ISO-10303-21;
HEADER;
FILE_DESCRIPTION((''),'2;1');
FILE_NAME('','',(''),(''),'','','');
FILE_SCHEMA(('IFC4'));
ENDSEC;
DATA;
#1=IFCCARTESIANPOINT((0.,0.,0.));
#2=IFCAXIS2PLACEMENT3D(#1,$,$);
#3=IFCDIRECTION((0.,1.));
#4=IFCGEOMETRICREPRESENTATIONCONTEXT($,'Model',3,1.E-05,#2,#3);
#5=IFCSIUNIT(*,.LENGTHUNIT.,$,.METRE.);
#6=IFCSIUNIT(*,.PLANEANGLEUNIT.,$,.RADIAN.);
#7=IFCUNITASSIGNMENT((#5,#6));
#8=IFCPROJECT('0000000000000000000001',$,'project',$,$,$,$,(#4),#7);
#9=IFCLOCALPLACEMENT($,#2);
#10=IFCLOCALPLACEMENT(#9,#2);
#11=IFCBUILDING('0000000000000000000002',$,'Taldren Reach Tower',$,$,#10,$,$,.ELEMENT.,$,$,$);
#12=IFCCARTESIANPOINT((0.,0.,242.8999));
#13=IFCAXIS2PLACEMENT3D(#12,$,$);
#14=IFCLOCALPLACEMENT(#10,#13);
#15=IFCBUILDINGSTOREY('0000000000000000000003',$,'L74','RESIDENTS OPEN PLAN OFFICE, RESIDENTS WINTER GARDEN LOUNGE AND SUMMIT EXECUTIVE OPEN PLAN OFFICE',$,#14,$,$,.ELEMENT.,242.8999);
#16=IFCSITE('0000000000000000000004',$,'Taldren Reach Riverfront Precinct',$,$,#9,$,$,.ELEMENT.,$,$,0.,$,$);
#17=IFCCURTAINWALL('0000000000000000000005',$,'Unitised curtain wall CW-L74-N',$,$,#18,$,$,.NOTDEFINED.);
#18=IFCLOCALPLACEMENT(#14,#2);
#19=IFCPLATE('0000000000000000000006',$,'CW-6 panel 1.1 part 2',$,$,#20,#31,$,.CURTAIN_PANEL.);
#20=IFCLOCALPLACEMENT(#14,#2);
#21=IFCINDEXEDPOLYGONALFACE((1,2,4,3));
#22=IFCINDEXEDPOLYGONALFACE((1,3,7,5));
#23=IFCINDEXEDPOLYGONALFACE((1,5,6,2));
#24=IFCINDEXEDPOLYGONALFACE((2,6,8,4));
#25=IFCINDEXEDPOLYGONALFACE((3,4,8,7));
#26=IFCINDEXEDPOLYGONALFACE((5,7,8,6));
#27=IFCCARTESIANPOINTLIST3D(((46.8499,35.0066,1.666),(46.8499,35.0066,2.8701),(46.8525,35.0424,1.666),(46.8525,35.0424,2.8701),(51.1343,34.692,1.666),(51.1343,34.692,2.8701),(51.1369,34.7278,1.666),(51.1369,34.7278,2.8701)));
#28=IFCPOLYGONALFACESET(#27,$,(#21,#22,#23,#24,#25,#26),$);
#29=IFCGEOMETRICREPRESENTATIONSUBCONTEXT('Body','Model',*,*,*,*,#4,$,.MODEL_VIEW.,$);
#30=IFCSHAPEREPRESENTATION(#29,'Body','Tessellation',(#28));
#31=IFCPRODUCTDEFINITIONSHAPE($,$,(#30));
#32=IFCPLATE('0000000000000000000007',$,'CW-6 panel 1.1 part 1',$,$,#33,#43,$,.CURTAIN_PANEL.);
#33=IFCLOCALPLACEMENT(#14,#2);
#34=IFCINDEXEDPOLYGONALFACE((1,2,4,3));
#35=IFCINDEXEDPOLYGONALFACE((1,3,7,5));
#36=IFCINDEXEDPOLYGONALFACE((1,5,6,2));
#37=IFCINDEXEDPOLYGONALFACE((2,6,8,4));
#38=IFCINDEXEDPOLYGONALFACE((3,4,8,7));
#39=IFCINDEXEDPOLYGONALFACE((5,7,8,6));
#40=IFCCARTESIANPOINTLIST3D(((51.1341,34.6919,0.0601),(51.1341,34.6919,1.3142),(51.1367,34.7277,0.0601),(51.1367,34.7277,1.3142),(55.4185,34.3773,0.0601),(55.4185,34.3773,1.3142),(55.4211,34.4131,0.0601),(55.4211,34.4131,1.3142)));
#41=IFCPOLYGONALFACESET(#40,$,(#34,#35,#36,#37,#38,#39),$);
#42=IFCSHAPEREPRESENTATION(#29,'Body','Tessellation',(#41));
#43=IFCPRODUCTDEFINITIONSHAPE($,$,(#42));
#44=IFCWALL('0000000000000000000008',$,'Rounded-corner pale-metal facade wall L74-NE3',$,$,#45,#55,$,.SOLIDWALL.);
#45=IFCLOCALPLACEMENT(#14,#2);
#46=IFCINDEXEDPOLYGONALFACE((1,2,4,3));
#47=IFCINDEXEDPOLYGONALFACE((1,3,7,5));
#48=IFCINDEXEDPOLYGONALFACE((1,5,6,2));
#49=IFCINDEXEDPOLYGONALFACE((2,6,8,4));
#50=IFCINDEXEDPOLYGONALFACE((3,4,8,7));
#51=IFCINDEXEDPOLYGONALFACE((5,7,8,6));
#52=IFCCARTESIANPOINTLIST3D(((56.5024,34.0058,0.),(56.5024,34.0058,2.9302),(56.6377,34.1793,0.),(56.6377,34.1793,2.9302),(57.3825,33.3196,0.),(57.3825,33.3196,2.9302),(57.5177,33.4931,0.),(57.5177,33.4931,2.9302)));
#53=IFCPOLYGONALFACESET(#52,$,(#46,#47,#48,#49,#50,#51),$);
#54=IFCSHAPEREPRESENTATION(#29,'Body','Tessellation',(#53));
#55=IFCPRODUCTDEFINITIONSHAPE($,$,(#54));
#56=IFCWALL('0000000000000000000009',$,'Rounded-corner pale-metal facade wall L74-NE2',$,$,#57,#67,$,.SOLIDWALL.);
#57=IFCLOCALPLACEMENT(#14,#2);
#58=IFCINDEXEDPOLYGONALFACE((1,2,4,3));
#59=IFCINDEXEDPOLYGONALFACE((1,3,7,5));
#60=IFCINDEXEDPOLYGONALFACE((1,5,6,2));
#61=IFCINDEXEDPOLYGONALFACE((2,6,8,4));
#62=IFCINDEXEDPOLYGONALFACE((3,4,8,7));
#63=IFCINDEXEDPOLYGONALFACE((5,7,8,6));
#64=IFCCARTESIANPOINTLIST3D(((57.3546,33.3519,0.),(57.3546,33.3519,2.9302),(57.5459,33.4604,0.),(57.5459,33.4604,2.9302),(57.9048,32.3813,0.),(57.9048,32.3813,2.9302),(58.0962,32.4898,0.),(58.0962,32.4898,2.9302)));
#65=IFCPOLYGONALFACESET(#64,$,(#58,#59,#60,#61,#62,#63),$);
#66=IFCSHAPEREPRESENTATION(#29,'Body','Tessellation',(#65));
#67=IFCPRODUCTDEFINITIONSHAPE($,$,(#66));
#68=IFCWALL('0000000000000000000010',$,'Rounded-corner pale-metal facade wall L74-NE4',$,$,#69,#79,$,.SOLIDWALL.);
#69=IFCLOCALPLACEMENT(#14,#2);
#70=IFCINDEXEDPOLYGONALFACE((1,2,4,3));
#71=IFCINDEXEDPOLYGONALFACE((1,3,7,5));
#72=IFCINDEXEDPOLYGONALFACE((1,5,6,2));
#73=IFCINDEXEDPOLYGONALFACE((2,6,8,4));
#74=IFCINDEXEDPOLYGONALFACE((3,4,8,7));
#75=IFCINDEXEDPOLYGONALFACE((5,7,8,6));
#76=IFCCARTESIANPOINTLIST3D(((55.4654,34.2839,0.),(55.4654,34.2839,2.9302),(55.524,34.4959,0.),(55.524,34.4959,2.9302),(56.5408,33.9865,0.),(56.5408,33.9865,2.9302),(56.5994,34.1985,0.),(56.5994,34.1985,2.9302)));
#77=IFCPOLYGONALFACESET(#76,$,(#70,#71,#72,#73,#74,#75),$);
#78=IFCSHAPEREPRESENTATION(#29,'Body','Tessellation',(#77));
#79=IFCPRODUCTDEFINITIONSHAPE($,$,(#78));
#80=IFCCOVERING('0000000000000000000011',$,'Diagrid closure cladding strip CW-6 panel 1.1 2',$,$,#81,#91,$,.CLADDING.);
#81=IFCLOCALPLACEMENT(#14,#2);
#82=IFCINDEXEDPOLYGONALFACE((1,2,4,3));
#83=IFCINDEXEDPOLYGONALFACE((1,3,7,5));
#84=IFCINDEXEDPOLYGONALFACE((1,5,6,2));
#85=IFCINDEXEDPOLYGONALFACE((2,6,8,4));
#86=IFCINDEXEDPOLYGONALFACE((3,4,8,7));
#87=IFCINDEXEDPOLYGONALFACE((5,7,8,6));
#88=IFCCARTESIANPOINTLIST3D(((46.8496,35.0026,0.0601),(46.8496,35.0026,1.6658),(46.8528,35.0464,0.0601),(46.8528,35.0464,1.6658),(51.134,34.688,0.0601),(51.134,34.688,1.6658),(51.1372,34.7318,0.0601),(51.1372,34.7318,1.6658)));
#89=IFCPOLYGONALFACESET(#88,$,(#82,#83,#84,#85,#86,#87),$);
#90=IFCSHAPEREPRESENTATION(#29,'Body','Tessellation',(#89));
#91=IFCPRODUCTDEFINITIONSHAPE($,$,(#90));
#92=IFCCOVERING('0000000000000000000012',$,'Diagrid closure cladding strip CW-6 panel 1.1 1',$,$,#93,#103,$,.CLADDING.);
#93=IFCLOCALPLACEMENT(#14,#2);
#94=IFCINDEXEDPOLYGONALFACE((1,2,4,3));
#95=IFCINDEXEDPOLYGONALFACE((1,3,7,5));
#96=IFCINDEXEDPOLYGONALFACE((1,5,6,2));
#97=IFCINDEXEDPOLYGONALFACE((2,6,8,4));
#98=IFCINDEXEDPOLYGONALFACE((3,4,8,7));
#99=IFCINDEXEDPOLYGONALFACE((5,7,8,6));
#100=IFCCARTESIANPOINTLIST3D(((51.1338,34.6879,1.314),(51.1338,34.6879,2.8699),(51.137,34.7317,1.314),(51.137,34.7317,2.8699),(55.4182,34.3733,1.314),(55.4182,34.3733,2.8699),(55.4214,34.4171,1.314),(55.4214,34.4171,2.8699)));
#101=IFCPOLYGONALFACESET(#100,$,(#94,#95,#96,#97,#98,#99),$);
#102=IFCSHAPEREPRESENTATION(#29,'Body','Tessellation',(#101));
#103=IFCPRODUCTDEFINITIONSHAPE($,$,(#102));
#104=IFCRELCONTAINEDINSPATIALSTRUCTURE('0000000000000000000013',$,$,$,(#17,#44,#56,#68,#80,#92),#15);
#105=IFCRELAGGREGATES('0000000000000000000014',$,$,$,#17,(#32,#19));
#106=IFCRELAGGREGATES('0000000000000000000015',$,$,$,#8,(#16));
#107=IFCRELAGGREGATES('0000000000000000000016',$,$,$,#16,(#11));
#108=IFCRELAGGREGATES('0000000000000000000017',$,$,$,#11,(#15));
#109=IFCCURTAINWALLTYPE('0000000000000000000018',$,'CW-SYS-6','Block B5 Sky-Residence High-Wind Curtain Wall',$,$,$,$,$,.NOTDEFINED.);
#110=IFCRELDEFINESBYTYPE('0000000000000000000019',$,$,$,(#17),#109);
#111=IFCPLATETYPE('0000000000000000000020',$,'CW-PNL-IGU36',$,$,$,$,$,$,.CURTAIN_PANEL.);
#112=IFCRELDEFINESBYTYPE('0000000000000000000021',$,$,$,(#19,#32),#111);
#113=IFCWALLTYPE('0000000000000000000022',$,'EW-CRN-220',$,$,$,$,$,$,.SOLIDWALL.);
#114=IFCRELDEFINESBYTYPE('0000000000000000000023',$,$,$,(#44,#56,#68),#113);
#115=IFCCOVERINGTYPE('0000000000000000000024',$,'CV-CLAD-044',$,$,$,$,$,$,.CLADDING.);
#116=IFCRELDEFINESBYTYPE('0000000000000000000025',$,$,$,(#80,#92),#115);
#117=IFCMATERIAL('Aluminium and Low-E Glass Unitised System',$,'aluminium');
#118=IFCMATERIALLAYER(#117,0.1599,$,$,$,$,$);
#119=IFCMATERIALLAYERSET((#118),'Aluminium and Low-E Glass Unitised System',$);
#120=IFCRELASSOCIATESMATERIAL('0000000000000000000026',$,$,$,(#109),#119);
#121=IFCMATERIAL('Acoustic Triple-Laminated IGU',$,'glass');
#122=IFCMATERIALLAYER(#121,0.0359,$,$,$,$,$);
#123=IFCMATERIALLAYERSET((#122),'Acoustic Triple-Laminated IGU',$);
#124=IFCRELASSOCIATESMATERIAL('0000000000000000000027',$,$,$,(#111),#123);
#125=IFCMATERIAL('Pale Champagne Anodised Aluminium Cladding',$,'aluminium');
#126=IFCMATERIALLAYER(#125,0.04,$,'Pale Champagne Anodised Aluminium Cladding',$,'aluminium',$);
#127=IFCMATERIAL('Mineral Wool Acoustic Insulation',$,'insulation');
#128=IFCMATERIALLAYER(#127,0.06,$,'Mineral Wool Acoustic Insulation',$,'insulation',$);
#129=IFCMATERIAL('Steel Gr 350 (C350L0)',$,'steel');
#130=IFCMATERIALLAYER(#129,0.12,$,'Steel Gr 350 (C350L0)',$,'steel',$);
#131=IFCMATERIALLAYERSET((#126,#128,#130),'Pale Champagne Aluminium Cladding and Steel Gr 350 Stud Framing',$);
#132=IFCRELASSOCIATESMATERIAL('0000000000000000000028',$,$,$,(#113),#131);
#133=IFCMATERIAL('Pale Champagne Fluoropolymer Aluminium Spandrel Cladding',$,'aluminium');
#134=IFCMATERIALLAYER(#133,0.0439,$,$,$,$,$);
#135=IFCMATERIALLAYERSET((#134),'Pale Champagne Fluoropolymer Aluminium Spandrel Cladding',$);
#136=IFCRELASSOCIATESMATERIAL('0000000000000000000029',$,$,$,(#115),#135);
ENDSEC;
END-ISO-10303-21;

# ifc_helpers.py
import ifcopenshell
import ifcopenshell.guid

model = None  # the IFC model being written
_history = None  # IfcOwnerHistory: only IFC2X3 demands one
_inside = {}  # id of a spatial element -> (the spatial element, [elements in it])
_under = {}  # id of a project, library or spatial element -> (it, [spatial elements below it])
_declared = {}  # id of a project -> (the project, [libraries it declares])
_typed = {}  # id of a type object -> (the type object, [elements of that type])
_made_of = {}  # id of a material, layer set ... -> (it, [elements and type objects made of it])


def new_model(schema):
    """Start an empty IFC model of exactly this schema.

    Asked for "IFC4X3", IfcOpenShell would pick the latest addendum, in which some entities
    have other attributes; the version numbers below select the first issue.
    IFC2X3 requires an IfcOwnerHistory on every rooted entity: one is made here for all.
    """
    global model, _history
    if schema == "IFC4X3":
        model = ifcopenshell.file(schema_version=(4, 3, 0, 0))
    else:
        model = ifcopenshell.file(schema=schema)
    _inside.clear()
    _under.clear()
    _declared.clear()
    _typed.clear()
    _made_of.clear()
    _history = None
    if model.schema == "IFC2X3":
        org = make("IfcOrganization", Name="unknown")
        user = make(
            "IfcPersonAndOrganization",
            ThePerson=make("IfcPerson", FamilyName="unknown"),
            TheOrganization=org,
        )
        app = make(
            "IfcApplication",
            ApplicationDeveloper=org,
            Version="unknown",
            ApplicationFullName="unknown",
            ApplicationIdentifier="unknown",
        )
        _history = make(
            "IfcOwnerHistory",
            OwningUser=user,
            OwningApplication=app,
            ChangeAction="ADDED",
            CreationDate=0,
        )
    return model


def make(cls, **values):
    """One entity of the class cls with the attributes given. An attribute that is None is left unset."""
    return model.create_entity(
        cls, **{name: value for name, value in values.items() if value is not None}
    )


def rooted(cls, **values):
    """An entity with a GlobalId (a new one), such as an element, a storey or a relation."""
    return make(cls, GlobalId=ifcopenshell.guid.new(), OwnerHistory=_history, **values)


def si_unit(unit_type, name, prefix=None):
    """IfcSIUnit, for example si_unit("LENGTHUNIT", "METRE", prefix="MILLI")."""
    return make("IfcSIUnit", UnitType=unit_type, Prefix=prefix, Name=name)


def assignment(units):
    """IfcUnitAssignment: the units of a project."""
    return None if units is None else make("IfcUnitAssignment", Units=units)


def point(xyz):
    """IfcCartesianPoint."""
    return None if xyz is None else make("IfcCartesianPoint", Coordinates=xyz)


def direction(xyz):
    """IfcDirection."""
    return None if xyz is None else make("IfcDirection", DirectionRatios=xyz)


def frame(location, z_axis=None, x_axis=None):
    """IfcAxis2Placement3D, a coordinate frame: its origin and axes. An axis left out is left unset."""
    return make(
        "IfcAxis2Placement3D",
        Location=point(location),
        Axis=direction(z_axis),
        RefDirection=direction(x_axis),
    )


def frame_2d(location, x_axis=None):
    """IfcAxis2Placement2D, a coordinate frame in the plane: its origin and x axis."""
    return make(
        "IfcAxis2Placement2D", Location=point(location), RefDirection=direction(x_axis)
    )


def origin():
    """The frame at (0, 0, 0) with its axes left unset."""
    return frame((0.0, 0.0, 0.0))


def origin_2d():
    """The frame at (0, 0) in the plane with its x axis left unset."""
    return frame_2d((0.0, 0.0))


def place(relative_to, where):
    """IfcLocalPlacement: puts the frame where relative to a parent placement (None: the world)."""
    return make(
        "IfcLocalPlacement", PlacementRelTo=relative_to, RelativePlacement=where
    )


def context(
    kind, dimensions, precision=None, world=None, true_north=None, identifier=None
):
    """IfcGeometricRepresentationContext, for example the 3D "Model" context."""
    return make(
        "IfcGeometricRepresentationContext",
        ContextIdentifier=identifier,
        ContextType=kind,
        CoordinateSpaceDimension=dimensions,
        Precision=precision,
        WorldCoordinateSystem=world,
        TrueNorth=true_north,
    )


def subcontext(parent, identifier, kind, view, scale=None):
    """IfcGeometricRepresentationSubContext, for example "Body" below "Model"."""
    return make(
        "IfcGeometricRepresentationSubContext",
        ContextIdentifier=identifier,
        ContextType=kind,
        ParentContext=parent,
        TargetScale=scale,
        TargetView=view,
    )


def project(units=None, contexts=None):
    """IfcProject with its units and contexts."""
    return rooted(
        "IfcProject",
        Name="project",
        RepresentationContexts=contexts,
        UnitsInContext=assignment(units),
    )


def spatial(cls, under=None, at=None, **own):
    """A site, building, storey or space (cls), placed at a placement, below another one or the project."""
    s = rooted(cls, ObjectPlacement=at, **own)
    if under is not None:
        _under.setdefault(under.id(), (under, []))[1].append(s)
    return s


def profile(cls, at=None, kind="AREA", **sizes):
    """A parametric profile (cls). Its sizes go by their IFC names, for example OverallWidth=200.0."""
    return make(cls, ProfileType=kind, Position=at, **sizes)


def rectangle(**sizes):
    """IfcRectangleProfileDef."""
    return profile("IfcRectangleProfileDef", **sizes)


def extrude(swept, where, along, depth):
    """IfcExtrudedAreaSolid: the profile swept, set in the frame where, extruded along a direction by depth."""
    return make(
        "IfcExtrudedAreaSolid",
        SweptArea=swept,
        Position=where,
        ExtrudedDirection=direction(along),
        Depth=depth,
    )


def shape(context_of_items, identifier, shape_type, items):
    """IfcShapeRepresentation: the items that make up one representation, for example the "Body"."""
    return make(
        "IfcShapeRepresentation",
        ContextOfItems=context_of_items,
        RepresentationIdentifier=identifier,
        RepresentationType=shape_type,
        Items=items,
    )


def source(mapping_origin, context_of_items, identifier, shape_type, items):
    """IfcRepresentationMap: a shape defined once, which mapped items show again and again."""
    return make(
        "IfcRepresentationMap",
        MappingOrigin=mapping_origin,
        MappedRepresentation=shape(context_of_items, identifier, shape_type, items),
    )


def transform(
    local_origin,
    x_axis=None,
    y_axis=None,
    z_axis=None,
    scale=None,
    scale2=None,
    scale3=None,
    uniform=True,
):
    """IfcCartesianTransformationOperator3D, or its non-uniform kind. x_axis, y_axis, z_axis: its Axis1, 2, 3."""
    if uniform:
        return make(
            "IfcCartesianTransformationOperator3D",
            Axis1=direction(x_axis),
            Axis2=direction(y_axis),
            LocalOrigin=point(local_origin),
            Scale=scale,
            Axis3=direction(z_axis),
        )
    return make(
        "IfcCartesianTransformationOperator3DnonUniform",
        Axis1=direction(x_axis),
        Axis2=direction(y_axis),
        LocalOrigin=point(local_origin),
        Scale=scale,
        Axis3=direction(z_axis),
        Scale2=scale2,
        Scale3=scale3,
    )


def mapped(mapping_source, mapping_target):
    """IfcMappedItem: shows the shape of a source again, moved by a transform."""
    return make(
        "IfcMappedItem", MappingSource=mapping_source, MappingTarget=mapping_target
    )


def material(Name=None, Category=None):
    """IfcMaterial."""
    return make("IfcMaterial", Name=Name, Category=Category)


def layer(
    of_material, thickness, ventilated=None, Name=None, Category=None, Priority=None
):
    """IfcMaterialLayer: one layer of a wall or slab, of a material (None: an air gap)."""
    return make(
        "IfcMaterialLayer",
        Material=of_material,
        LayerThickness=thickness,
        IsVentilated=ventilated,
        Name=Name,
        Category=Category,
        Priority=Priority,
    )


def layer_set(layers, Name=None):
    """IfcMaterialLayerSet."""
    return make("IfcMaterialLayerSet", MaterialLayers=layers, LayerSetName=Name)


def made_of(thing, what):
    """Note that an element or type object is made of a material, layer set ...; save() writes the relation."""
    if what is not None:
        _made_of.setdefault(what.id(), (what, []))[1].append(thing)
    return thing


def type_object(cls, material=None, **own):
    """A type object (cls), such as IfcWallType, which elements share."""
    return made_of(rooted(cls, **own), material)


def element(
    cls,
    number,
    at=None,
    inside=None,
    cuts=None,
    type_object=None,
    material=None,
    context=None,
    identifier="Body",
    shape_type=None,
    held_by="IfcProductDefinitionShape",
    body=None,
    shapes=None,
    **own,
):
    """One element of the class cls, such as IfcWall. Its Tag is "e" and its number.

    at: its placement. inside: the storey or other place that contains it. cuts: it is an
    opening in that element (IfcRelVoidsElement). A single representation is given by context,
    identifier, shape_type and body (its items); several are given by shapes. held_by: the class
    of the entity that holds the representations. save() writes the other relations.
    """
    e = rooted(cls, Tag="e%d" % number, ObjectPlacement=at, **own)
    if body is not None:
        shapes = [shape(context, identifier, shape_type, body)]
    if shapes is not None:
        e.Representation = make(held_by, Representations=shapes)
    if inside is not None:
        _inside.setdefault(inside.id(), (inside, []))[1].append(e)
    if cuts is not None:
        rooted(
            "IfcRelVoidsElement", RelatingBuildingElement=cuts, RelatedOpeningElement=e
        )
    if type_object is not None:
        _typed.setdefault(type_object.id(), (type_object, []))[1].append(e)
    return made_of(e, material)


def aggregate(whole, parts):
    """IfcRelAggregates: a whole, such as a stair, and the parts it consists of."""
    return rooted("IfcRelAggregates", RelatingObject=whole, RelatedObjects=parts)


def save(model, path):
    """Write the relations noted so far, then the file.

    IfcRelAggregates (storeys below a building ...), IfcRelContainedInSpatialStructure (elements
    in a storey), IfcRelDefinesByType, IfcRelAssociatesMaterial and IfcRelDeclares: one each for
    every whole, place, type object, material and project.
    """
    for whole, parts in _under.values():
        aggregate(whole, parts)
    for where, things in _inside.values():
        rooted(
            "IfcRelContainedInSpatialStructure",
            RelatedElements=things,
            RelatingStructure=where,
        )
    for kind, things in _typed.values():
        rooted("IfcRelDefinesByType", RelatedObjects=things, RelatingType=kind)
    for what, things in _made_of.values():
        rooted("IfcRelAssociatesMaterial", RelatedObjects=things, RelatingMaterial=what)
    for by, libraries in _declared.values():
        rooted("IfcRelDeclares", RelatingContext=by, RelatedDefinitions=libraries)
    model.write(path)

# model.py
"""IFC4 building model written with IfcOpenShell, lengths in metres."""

from ifc_helpers import new_model, si_unit, direction, frame, frame_2d, origin, origin_2d, place, context, subcontext, project, spatial, rectangle, extrude, source, transform, mapped, material, layer, layer_set, type_object, element, aggregate, save


model = new_model("IFC4")

# Units and contexts
model_context = context("Model", 3, precision=1e-05, world=origin(), true_north=direction((0.0, 1.0)))
body_context = subcontext(model_context, "Body", "Model", "MODEL_VIEW")
ifc_project = project(units=[si_unit("LENGTHUNIT", "METRE"), si_unit("PLANEANGLEUNIT", "RADIAN")], contexts=[model_context])

# Site, building, storey
site_placement = place(None, origin())
site = spatial("IfcSite", under=ifc_project, at=site_placement, Name="Taldren Reach Riverfront Precinct", CompositionType="ELEMENT", RefElevation=0.0)
building_placement = place(site_placement, origin())
building = spatial("IfcBuilding", under=site, at=building_placement, Name="Taldren Reach Tower", CompositionType="ELEMENT")
storey_placement = place(building_placement, frame((0.0, 0.0, 242.8999)))
storey = spatial("IfcBuildingStorey", under=building, at=storey_placement, Name="L74", Description="RESIDENTS OPEN PLAN OFFICE, RESIDENTS WINTER GARDEN LOUNGE AND SUMMIT EXECUTIVE OPEN PLAN OFFICE", CompositionType="ELEMENT", Elevation=242.8999)

# Shared definitions
ifc_material_1 = material(Name="Steel Gr 350 (C350L0)", Category="steel")

# Curtain wall
ifc_material_2 = material(Name="Aluminium and Low-E Glass Unitised System", Category="aluminium")
ifc_layer_1 = layer(ifc_material_2, 0.1599)
ifc_layer_set_1 = layer_set([ifc_layer_1], Name="Aluminium and Low-E Glass Unitised System")
curtain_wall_type = type_object("IfcCurtainWallType", Name="CW-SYS-6", Description="Block B5 Sky-Residence High-Wind Curtain Wall", PredefinedType="NOTDEFINED", material=ifc_layer_set_1)
curtain_wall_placement = place(storey_placement, origin())
curtain_wall = element("IfcCurtainWall", 1, at=curtain_wall_placement, inside=storey, type_object=curtain_wall_type, Name="Unitised curtain wall CW-L74-N", PredefinedType="NOTDEFINED")

# Plates
ifc_material_3 = material(Name="Acoustic Triple-Laminated IGU", Category="glass")
ifc_layer_2 = layer(ifc_material_3, 0.0359)
ifc_layer_set_2 = layer_set([ifc_layer_2], Name="Acoustic Triple-Laminated IGU")
plate_type_1 = type_object("IfcPlateType", Name="CW-PNL-IGU36", PredefinedType="CURTAIN_PANEL", material=ifc_layer_set_2)
shared_shape_1 = source(origin(), body_context, "Body", "SweptSolid", [
    extrude(rectangle(XDim=4.2959, YDim=0.0359, at=origin_2d()), origin(), (0.0, 0.0, 1.0), 1.2041),
])
plate_1_placement = place(storey_placement, frame((48.9934, 34.8672, 1.666), z_axis=(0.0, 0.0, 1.0), x_axis=(-0.997314, 0.073238, 0.0)))
plate_1 = element("IfcPlate", 2, at=plate_1_placement, type_object=plate_type_1, Name="CW-6 panel 1.1 part 2", PredefinedType="CURTAIN_PANEL", context=body_context, shape_type="MappedRepresentation", body=[
    mapped(shared_shape_1, transform((0.0, 0.0, 0.0), scale=1.0)),
])
shared_shape_2 = source(origin(), body_context, "Body", "SweptSolid", [
    extrude(rectangle(XDim=4.2959, YDim=0.0359, at=origin_2d()), origin(), (0.0, 0.0, 1.0), 1.2542),
])
plate_2_placement = place(storey_placement, frame((53.2776, 34.5525, 0.0601), z_axis=(0.0, 0.0, 1.0), x_axis=(-0.997314, 0.073238, 0.0)))
plate_2 = element("IfcPlate", 3, at=plate_2_placement, type_object=plate_type_1, Name="CW-6 panel 1.1 part 1", PredefinedType="CURTAIN_PANEL", context=body_context, shape_type="MappedRepresentation", body=[
    mapped(shared_shape_2, transform((0.0, 0.0, 0.0), scale=1.0)),
])
aggregate(curtain_wall, [plate_2, plate_1])

# Walls
ifc_material_4 = material(Name="Pale Champagne Anodised Aluminium Cladding", Category="aluminium")
ifc_layer_3 = layer(ifc_material_4, 0.04, Name="Pale Champagne Anodised Aluminium Cladding", Category="aluminium")
ifc_material_5 = material(Name="Mineral Wool Acoustic Insulation", Category="insulation")
ifc_layer_4 = layer(ifc_material_5, 0.06, Name="Mineral Wool Acoustic Insulation", Category="insulation")
ifc_layer_5 = layer(ifc_material_1, 0.12, Name="Steel Gr 350 (C350L0)", Category="steel")
ifc_layer_set_3 = layer_set([ifc_layer_3, ifc_layer_4, ifc_layer_5], Name="Pale Champagne Aluminium Cladding and Steel Gr 350 Stud Framing")
wall_type = type_object("IfcWallType", Name="EW-CRN-220", PredefinedType="SOLIDWALL", material=ifc_layer_set_3)
shared_shape_3 = source(origin(), body_context, "Body", "SweptSolid", [
    extrude(rectangle(XDim=1.116, YDim=0.22, at=frame_2d((0.5581, 0.0))), origin(), (0.0, 0.0, 1.0), 2.9302),
])
wall_placement = place(storey_placement, frame((57.4502, 33.4062, 0.0), z_axis=(0.0, 0.0, 1.0), x_axis=(-0.788598, 0.614909, 0.0)))
element("IfcWall", 4, at=wall_placement, inside=storey, type_object=wall_type, Name="Rounded-corner pale-metal facade wall L74-NE3", PredefinedType="SOLIDWALL", context=body_context, shape_type="MappedRepresentation", body=[
    mapped(shared_shape_3, transform((0.0, 0.0, 0.0), scale=1.0)),
])
shared_shape_4 = source(origin(), body_context, "Body", "SweptSolid", [
    extrude(rectangle(XDim=1.1157, YDim=0.22, at=frame_2d((0.5579, 0.0))), origin(), (0.0, 0.0, 1.0), 2.9302),
])
for number, where, z_axis, x_axis, name in (
    (5, (58.0005, 32.4355, 0.0), (0.0, 0.0, 1.0), (-0.493167, 0.869935, 0.0), "Rounded-corner pale-metal facade wall L74-NE2"),
    (6, (56.5701, 34.0925, 0.0), (0.0, 0.0, 1.0), (-0.963834, 0.266504, 0.0), "Rounded-corner pale-metal facade wall L74-NE4"),
):
    element("IfcWall", number, at=place(storey_placement, frame(where, z_axis=z_axis, x_axis=x_axis)), inside=storey, type_object=wall_type, Name=name, PredefinedType="SOLIDWALL", context=body_context, shape_type="MappedRepresentation", body=[
        mapped(shared_shape_4, transform((0.0, 0.0, 0.0), scale=1.0)),
    ])

# Coverings
ifc_material_6 = material(Name="Pale Champagne Fluoropolymer Aluminium Spandrel Cladding", Category="aluminium")
ifc_layer_6 = layer(ifc_material_6, 0.0439)
ifc_layer_set_4 = layer_set([ifc_layer_6], Name="Pale Champagne Fluoropolymer Aluminium Spandrel Cladding")
covering_type = type_object("IfcCoveringType", Name="CV-CLAD-044", PredefinedType="CLADDING", material=ifc_layer_set_4)
shared_shape_5 = source(origin(), body_context, "Body", "SweptSolid", [
    extrude(rectangle(XDim=4.2959, YDim=0.0439, at=origin_2d()), origin(), (0.0, 0.0, 1.0), 1.6057),
])
covering_1_placement = place(storey_placement, frame((48.9934, 34.8672, 0.0601), z_axis=(0.0, 0.0, 1.0), x_axis=(-0.997314, 0.073238, 0.0)))
element("IfcCovering", 7, at=covering_1_placement, inside=storey, type_object=covering_type, Name="Diagrid closure cladding strip CW-6 panel 1.1 2", PredefinedType="CLADDING", context=body_context, shape_type="MappedRepresentation", body=[
    mapped(shared_shape_5, transform((0.0, 0.0, 0.0), scale=1.0)),
])
shared_shape_6 = source(origin(), body_context, "Body", "SweptSolid", [
    extrude(rectangle(XDim=4.2959, YDim=0.0439, at=origin_2d()), origin(), (0.0, 0.0, 1.0), 1.5559),
])
covering_2_placement = place(storey_placement, frame((53.2776, 34.5525, 1.314), z_axis=(0.0, 0.0, 1.0), x_axis=(-0.997314, 0.073238, 0.0)))
element("IfcCovering", 8, at=covering_2_placement, inside=storey, type_object=covering_type, Name="Diagrid closure cladding strip CW-6 panel 1.1 1", PredefinedType="CLADDING", context=body_context, shape_type="MappedRepresentation", body=[
    mapped(shared_shape_6, transform((0.0, 0.0, 0.0), scale=1.0)),
])

save(model, "model.ifc")
